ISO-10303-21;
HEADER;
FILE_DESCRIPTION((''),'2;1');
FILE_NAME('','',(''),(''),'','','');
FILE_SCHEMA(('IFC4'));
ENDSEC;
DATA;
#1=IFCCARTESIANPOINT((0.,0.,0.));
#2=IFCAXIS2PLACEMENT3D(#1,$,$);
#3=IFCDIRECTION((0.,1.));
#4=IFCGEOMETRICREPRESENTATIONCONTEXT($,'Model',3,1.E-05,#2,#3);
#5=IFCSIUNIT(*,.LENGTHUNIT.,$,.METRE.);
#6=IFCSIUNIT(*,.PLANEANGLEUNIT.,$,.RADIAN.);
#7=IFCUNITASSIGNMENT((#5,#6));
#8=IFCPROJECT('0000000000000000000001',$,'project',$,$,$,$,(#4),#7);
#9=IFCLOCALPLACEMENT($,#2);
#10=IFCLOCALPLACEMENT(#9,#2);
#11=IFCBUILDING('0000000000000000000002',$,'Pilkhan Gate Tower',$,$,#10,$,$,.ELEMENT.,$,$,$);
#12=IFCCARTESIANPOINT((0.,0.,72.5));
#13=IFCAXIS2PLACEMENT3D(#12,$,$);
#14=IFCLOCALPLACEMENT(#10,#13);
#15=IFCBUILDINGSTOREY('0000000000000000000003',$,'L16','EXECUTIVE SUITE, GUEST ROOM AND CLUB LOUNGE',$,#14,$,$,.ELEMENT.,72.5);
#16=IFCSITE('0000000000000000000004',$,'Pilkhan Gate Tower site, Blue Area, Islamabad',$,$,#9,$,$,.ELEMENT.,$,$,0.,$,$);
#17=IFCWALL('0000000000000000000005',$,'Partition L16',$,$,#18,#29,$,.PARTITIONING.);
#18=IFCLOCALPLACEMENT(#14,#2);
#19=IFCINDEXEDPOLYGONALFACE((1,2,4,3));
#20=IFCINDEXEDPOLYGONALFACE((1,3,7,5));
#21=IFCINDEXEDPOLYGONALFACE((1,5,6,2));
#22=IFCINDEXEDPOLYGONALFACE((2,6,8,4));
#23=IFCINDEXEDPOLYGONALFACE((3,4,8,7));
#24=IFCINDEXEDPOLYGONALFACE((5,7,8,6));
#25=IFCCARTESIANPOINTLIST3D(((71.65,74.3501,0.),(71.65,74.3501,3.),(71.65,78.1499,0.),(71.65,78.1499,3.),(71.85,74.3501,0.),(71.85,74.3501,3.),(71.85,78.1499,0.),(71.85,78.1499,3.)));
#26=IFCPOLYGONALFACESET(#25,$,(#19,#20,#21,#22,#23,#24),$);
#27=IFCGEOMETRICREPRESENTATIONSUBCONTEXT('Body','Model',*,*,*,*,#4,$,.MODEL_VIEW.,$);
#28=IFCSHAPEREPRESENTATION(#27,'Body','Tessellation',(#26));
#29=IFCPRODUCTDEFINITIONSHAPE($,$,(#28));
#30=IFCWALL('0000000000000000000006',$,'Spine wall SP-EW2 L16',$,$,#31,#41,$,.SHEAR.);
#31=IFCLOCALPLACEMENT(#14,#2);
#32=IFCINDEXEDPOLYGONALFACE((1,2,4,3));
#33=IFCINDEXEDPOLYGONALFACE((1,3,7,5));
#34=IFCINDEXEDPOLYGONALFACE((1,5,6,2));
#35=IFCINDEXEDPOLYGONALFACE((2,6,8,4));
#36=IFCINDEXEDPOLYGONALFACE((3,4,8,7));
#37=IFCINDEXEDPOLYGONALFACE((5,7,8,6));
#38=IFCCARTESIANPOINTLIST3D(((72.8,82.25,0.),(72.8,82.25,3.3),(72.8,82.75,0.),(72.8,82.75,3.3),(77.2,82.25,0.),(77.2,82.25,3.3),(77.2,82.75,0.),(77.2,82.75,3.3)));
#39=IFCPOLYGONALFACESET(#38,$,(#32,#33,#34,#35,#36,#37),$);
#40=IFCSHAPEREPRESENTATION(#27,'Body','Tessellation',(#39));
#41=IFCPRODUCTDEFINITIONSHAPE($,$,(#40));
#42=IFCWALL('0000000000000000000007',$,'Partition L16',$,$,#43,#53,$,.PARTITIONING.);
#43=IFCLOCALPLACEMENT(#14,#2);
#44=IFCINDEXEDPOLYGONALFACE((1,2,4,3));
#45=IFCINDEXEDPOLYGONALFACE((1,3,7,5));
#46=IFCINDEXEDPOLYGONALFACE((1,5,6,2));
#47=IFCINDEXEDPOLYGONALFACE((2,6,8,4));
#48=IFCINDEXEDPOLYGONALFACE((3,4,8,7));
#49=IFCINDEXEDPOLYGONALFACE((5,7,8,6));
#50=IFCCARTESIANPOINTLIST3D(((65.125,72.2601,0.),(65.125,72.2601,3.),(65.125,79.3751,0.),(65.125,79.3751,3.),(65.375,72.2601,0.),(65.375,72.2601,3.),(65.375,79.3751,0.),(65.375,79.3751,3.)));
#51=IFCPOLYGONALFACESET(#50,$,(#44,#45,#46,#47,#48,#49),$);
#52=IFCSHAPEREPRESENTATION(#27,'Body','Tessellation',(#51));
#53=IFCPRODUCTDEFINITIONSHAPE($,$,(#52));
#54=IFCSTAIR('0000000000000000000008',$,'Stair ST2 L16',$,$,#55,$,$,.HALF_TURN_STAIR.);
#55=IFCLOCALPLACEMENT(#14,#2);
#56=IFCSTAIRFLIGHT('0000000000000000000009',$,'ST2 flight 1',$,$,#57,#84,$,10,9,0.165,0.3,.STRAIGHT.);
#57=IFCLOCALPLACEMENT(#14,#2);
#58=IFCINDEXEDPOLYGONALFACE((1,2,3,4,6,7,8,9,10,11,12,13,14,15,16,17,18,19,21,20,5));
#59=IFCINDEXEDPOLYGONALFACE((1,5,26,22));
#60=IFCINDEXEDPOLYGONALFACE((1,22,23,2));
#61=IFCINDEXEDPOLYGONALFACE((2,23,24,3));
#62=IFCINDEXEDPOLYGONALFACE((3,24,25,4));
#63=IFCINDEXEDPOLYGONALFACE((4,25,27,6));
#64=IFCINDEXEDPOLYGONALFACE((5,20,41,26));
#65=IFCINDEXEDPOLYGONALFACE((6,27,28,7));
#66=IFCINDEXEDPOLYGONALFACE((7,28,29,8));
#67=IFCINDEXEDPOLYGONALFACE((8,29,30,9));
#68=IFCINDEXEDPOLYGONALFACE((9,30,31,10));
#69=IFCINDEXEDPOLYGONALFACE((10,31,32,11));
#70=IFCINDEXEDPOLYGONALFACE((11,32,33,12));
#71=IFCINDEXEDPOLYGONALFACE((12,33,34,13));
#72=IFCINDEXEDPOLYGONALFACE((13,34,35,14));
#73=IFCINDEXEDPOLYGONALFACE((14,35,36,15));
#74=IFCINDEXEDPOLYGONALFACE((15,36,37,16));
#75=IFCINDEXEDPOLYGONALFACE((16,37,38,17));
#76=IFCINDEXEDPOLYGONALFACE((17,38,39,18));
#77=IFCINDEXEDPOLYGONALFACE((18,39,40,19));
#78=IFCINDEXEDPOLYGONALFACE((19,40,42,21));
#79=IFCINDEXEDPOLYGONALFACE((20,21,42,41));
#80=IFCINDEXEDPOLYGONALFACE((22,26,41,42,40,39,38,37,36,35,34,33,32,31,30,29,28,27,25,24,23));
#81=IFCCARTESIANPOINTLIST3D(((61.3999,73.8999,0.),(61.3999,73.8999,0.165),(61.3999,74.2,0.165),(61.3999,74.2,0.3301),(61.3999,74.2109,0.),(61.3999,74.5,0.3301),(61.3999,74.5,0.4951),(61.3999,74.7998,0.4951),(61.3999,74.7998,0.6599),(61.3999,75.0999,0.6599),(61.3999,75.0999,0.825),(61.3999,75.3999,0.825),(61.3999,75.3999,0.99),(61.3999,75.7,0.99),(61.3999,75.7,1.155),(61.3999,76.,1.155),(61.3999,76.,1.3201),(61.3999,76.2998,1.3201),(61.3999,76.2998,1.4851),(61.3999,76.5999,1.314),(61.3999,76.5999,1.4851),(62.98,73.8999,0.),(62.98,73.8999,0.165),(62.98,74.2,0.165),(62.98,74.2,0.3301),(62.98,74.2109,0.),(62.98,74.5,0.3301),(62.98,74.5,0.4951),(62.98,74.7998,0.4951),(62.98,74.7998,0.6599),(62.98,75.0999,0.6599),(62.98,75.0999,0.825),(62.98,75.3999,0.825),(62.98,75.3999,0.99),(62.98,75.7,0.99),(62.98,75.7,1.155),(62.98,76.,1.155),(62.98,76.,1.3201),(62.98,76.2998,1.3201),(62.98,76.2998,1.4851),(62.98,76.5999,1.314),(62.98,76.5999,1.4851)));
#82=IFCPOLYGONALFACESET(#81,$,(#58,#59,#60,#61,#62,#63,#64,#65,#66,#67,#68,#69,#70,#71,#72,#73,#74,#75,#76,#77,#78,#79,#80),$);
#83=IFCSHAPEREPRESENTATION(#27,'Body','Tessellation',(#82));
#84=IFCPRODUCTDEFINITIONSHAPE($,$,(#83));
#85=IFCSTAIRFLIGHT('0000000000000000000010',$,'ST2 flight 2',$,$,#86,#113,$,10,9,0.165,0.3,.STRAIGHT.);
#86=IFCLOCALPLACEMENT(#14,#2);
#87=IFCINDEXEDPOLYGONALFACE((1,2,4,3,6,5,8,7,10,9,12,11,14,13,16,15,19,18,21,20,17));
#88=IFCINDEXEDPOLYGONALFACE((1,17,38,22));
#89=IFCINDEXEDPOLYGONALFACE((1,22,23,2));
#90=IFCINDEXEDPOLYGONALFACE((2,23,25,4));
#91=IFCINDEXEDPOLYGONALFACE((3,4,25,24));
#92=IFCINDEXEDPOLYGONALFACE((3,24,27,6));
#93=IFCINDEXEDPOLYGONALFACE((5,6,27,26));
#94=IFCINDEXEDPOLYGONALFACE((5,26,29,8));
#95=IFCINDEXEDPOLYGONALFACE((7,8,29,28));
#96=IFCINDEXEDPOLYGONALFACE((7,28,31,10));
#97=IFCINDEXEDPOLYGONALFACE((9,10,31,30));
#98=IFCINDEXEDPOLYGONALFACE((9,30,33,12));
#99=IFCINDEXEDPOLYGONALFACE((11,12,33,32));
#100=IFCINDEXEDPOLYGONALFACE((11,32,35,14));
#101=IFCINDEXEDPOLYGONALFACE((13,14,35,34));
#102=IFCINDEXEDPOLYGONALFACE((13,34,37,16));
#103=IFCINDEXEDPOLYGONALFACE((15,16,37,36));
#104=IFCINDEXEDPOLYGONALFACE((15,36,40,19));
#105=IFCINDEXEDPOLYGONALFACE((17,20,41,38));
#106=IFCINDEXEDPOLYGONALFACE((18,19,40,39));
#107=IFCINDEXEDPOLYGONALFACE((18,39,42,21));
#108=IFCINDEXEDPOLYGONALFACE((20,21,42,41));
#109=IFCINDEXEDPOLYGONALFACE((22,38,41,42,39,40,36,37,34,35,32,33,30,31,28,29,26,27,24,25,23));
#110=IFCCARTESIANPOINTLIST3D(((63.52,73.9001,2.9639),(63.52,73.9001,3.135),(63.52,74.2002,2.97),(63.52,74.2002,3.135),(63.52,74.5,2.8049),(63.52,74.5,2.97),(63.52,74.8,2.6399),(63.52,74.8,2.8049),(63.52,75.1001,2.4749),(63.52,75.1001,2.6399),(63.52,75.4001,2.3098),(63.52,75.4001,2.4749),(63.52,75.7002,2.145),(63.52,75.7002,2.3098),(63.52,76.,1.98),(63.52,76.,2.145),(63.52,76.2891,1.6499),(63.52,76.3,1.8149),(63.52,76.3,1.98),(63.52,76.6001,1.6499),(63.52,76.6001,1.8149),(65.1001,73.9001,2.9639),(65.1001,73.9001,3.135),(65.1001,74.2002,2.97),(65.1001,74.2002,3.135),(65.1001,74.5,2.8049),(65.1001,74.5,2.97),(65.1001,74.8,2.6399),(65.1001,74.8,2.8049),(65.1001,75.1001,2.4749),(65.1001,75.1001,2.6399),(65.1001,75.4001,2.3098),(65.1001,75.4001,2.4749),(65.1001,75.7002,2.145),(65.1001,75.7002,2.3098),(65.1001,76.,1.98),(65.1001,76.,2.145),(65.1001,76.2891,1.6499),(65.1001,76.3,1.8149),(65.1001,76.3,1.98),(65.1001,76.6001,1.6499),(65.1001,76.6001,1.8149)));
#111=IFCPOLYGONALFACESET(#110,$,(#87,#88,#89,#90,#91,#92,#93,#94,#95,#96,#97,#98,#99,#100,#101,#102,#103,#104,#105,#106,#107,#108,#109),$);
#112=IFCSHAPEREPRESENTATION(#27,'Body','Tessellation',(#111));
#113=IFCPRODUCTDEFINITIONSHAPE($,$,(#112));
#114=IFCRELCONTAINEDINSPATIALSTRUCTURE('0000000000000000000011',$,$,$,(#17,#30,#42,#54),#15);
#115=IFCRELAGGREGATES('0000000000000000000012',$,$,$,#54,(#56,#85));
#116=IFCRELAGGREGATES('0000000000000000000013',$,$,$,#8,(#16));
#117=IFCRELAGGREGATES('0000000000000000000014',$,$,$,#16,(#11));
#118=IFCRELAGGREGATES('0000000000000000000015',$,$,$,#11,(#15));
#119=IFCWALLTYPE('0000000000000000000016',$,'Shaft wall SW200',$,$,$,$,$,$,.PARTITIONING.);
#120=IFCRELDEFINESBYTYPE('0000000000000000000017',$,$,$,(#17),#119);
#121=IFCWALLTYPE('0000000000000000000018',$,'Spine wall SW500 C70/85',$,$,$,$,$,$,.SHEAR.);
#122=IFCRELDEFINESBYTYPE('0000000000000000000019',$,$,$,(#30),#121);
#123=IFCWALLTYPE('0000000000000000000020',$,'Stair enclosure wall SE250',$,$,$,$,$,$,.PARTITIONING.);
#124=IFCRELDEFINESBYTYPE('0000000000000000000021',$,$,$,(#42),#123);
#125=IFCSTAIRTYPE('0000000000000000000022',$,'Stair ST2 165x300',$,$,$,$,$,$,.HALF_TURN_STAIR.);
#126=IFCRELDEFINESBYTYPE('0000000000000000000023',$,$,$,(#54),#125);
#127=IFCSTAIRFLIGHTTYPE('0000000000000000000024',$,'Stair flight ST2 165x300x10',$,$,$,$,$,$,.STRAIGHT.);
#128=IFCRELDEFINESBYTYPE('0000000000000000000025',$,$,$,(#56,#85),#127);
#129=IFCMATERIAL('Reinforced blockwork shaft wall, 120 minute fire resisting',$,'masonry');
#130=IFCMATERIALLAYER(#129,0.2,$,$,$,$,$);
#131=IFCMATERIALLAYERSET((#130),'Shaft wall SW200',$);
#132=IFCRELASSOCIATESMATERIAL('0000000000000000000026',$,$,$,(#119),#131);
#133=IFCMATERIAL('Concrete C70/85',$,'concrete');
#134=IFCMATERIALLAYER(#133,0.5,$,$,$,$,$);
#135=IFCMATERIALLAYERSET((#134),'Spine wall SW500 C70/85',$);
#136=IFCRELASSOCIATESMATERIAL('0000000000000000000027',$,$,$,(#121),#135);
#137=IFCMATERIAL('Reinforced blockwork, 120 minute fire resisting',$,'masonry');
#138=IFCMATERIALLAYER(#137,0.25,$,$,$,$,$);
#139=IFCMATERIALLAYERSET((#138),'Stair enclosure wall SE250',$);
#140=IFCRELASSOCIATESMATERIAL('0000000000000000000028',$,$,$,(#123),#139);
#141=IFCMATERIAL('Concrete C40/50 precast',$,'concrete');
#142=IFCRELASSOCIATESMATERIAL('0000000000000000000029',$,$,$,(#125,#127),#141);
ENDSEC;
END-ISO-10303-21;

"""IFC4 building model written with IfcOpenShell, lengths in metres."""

from ifc_helpers import new_model, si_unit, direction, frame, frame_2d, origin, place, context, subcontext, project, spatial, polyline, rectangle, outline, extrude, material, layer, layer_set, type_object, element, aggregate, save


model = new_model("IFC4")

# Units and contexts
model_context = context("Model", 3, precision=1e-05, world=origin(), true_north=direction((0.0, 1.0)))
body_context = subcontext(model_context, "Body", "Model", "MODEL_VIEW")
ifc_project = project(units=[si_unit("LENGTHUNIT", "METRE"), si_unit("PLANEANGLEUNIT", "RADIAN")], contexts=[model_context])

# Site, building, storey
site_placement = place(None, origin())
site = spatial("IfcSite", under=ifc_project, at=site_placement, Name="Pilkhan Gate Tower site, Blue Area, Islamabad", CompositionType="ELEMENT", RefElevation=0.0)
building_placement = place(site_placement, origin())
building = spatial("IfcBuilding", under=site, at=building_placement, Name="Pilkhan Gate Tower", CompositionType="ELEMENT")
storey_placement = place(building_placement, frame((0.0, 0.0, 72.5)))
storey = spatial("IfcBuildingStorey", under=building, at=storey_placement, Name="L16", Description="EXECUTIVE SUITE, GUEST ROOM AND CLUB LOUNGE", CompositionType="ELEMENT", Elevation=72.5)

# Shared definitions
ifc_material_1 = material(Name="Concrete C70/85", Category="concrete")

# Shared definitions
ifc_material_2 = material(Name="Reinforced blockwork shaft wall, 120 minute fire resisting", Category="masonry")
ifc_layer_1 = layer(ifc_material_2, 0.2)
ifc_layer_set_1 = layer_set([ifc_layer_1], Name="Shaft wall SW200")
wall_type_1 = type_object("IfcWallType", Name="Shaft wall SW200", PredefinedType="PARTITIONING", material=ifc_layer_set_1)

# Walls
for number, where, z_axis, x_axis, name in (
    (1, (71.75, 74.3501, 0.0), (0.0, 0.0, 1.0), (0.0, 1.0, 0.0), "Partition L16"),
):
    element("IfcWall", number, at=place(storey_placement, frame(where, z_axis=z_axis, x_axis=x_axis)), inside=storey, type_object=wall_type_1, Name=name, PredefinedType="PARTITIONING", context=body_context, shape_type="SweptSolid", body=[
        extrude(rectangle(XDim=3.7998, YDim=0.2, at=frame_2d((1.8999, 0.0))), origin(), (0.0, 0.0, 1.0), 3.0),
    ])
ifc_layer_2 = layer(ifc_material_1, 0.5)
ifc_layer_set_2 = layer_set([ifc_layer_2], Name="Spine wall SW500 C70/85")
wall_type_2 = type_object("IfcWallType", Name="Spine wall SW500 C70/85", PredefinedType="SHEAR", material=ifc_layer_set_2)
wall_1_placement = place(storey_placement, frame((72.8, 82.5, 0.0), z_axis=(0.0, 0.0, 1.0), x_axis=(1.0, 0.0, 0.0)))
element("IfcWall", 2, at=wall_1_placement, inside=storey, type_object=wall_type_2, Name="Spine wall SP-EW2 L16", PredefinedType="SHEAR", context=body_context, shape_type="SweptSolid", body=[
    extrude(rectangle(XDim=4.3999, YDim=0.5, at=frame_2d((2.2, 0.0))), origin(), (0.0, 0.0, 1.0), 3.3),
])
ifc_material_3 = material(Name="Reinforced blockwork, 120 minute fire resisting", Category="masonry")
ifc_layer_3 = layer(ifc_material_3, 0.25)
ifc_layer_set_3 = layer_set([ifc_layer_3], Name="Stair enclosure wall SE250")
wall_type_3 = type_object("IfcWallType", Name="Stair enclosure wall SE250", PredefinedType="PARTITIONING", material=ifc_layer_set_3)
wall_2_placement = place(storey_placement, frame((65.25, 72.26, 0.0), z_axis=(0.0, 0.0, 1.0), x_axis=(0.0, 1.0, 0.0)))
element("IfcWall", 3, at=wall_2_placement, inside=storey, type_object=wall_type_3, Name="Partition L16", PredefinedType="PARTITIONING", context=body_context, shape_type="SweptSolid", body=[
    extrude(rectangle(XDim=7.115, YDim=0.25, at=frame_2d((3.5576, 0.0))), origin(), (0.0, 0.0, 1.0), 3.0),
])

# Stair, stair flights
ifc_material_4 = material(Name="Concrete C40/50 precast", Category="concrete")
stair_type = type_object("IfcStairType", Name="Stair ST2 165x300", PredefinedType="HALF_TURN_STAIR", material=ifc_material_4)
stair_placement = place(storey_placement, origin())
stair = element("IfcStair", 4, at=stair_placement, inside=storey, type_object=stair_type, Name="Stair ST2 L16", PredefinedType="HALF_TURN_STAIR")
stair_flight_type = type_object("IfcStairFlightType", Name="Stair flight ST2 165x300x10", PredefinedType="STRAIGHT", material=ifc_material_4)
stair_flight_1_placement = place(storey_placement, frame((62.1899, 73.8999, 0.0), z_axis=(0.0, 0.0, 1.0), x_axis=(0.0, 1.0, 0.0)))
stair_flight_1 = element("IfcStairFlight", 5, at=stair_flight_1_placement, type_object=stair_flight_type, Name="ST2 flight 1", NumberOfRisers=10, NumberOfTreads=9, PredefinedType="STRAIGHT", RiserHeight=0.165, TreadLength=0.3, context=body_context, shape_type="SweptSolid", body=[
    extrude(outline(polyline([(0.0, 0.0), (0.0, 0.165), (0.3, 0.165), (0.3, 0.3301), (0.6001, 0.3301), (0.6001, 0.4951), (0.8999, 0.4951), (0.8999, 0.6599), (1.2, 0.6599), (1.2, 0.825), (1.5, 0.825), (1.5, 0.99), (1.8, 0.99), (1.8, 1.155), (2.1001, 1.155), (2.1001, 1.3201), (2.3999, 1.3201), (2.3999, 1.4851), (2.7, 1.4851), (2.7, 1.6499), (2.7, 1.314), (0.311, 0.0), (0.0, 0.0)])), frame((0.0, 0.79, 0.0), z_axis=(0.0, -1.0, 0.0), x_axis=(1.0, 0.0, 0.0)), (0.0, 0.0, 1.0), 1.5801),
])
stair_flight_2_placement = place(storey_placement, frame((64.3101, 76.6001, 1.6499), z_axis=(0.0, 0.0, 1.0), x_axis=(0.0, -1.0, 0.0)))
stair_flight_2 = element("IfcStairFlight", 6, at=stair_flight_2_placement, type_object=stair_flight_type, Name="ST2 flight 2", NumberOfRisers=10, NumberOfTreads=9, PredefinedType="STRAIGHT", RiserHeight=0.165, TreadLength=0.3, context=body_context, shape_type="SweptSolid", body=[
    extrude(outline(polyline([(0.0, 0.0), (0.0, 0.165), (0.3, 0.165), (0.3, 0.3301), (0.6001, 0.3301), (0.6001, 0.4951), (0.8999, 0.4951), (0.8999, 0.6599), (1.2, 0.6599), (1.2, 0.825), (1.5, 0.825), (1.5, 0.99), (1.8, 0.99), (1.8, 1.155), (2.1001, 1.155), (2.1001, 1.3201), (2.3999, 1.3201), (2.3999, 1.4851), (2.7, 1.4851), (2.7, 1.6499), (2.7, 1.314), (0.311, 0.0), (0.0, 0.0)])), frame((0.0, 0.79, 0.0), z_axis=(0.0, -1.0, 0.0), x_axis=(1.0, 0.0, 0.0)), (0.0, 0.0, 1.0), 1.5801),
])
aggregate(stair, [stair_flight_1, stair_flight_2])

save(model, "model.ifc")
